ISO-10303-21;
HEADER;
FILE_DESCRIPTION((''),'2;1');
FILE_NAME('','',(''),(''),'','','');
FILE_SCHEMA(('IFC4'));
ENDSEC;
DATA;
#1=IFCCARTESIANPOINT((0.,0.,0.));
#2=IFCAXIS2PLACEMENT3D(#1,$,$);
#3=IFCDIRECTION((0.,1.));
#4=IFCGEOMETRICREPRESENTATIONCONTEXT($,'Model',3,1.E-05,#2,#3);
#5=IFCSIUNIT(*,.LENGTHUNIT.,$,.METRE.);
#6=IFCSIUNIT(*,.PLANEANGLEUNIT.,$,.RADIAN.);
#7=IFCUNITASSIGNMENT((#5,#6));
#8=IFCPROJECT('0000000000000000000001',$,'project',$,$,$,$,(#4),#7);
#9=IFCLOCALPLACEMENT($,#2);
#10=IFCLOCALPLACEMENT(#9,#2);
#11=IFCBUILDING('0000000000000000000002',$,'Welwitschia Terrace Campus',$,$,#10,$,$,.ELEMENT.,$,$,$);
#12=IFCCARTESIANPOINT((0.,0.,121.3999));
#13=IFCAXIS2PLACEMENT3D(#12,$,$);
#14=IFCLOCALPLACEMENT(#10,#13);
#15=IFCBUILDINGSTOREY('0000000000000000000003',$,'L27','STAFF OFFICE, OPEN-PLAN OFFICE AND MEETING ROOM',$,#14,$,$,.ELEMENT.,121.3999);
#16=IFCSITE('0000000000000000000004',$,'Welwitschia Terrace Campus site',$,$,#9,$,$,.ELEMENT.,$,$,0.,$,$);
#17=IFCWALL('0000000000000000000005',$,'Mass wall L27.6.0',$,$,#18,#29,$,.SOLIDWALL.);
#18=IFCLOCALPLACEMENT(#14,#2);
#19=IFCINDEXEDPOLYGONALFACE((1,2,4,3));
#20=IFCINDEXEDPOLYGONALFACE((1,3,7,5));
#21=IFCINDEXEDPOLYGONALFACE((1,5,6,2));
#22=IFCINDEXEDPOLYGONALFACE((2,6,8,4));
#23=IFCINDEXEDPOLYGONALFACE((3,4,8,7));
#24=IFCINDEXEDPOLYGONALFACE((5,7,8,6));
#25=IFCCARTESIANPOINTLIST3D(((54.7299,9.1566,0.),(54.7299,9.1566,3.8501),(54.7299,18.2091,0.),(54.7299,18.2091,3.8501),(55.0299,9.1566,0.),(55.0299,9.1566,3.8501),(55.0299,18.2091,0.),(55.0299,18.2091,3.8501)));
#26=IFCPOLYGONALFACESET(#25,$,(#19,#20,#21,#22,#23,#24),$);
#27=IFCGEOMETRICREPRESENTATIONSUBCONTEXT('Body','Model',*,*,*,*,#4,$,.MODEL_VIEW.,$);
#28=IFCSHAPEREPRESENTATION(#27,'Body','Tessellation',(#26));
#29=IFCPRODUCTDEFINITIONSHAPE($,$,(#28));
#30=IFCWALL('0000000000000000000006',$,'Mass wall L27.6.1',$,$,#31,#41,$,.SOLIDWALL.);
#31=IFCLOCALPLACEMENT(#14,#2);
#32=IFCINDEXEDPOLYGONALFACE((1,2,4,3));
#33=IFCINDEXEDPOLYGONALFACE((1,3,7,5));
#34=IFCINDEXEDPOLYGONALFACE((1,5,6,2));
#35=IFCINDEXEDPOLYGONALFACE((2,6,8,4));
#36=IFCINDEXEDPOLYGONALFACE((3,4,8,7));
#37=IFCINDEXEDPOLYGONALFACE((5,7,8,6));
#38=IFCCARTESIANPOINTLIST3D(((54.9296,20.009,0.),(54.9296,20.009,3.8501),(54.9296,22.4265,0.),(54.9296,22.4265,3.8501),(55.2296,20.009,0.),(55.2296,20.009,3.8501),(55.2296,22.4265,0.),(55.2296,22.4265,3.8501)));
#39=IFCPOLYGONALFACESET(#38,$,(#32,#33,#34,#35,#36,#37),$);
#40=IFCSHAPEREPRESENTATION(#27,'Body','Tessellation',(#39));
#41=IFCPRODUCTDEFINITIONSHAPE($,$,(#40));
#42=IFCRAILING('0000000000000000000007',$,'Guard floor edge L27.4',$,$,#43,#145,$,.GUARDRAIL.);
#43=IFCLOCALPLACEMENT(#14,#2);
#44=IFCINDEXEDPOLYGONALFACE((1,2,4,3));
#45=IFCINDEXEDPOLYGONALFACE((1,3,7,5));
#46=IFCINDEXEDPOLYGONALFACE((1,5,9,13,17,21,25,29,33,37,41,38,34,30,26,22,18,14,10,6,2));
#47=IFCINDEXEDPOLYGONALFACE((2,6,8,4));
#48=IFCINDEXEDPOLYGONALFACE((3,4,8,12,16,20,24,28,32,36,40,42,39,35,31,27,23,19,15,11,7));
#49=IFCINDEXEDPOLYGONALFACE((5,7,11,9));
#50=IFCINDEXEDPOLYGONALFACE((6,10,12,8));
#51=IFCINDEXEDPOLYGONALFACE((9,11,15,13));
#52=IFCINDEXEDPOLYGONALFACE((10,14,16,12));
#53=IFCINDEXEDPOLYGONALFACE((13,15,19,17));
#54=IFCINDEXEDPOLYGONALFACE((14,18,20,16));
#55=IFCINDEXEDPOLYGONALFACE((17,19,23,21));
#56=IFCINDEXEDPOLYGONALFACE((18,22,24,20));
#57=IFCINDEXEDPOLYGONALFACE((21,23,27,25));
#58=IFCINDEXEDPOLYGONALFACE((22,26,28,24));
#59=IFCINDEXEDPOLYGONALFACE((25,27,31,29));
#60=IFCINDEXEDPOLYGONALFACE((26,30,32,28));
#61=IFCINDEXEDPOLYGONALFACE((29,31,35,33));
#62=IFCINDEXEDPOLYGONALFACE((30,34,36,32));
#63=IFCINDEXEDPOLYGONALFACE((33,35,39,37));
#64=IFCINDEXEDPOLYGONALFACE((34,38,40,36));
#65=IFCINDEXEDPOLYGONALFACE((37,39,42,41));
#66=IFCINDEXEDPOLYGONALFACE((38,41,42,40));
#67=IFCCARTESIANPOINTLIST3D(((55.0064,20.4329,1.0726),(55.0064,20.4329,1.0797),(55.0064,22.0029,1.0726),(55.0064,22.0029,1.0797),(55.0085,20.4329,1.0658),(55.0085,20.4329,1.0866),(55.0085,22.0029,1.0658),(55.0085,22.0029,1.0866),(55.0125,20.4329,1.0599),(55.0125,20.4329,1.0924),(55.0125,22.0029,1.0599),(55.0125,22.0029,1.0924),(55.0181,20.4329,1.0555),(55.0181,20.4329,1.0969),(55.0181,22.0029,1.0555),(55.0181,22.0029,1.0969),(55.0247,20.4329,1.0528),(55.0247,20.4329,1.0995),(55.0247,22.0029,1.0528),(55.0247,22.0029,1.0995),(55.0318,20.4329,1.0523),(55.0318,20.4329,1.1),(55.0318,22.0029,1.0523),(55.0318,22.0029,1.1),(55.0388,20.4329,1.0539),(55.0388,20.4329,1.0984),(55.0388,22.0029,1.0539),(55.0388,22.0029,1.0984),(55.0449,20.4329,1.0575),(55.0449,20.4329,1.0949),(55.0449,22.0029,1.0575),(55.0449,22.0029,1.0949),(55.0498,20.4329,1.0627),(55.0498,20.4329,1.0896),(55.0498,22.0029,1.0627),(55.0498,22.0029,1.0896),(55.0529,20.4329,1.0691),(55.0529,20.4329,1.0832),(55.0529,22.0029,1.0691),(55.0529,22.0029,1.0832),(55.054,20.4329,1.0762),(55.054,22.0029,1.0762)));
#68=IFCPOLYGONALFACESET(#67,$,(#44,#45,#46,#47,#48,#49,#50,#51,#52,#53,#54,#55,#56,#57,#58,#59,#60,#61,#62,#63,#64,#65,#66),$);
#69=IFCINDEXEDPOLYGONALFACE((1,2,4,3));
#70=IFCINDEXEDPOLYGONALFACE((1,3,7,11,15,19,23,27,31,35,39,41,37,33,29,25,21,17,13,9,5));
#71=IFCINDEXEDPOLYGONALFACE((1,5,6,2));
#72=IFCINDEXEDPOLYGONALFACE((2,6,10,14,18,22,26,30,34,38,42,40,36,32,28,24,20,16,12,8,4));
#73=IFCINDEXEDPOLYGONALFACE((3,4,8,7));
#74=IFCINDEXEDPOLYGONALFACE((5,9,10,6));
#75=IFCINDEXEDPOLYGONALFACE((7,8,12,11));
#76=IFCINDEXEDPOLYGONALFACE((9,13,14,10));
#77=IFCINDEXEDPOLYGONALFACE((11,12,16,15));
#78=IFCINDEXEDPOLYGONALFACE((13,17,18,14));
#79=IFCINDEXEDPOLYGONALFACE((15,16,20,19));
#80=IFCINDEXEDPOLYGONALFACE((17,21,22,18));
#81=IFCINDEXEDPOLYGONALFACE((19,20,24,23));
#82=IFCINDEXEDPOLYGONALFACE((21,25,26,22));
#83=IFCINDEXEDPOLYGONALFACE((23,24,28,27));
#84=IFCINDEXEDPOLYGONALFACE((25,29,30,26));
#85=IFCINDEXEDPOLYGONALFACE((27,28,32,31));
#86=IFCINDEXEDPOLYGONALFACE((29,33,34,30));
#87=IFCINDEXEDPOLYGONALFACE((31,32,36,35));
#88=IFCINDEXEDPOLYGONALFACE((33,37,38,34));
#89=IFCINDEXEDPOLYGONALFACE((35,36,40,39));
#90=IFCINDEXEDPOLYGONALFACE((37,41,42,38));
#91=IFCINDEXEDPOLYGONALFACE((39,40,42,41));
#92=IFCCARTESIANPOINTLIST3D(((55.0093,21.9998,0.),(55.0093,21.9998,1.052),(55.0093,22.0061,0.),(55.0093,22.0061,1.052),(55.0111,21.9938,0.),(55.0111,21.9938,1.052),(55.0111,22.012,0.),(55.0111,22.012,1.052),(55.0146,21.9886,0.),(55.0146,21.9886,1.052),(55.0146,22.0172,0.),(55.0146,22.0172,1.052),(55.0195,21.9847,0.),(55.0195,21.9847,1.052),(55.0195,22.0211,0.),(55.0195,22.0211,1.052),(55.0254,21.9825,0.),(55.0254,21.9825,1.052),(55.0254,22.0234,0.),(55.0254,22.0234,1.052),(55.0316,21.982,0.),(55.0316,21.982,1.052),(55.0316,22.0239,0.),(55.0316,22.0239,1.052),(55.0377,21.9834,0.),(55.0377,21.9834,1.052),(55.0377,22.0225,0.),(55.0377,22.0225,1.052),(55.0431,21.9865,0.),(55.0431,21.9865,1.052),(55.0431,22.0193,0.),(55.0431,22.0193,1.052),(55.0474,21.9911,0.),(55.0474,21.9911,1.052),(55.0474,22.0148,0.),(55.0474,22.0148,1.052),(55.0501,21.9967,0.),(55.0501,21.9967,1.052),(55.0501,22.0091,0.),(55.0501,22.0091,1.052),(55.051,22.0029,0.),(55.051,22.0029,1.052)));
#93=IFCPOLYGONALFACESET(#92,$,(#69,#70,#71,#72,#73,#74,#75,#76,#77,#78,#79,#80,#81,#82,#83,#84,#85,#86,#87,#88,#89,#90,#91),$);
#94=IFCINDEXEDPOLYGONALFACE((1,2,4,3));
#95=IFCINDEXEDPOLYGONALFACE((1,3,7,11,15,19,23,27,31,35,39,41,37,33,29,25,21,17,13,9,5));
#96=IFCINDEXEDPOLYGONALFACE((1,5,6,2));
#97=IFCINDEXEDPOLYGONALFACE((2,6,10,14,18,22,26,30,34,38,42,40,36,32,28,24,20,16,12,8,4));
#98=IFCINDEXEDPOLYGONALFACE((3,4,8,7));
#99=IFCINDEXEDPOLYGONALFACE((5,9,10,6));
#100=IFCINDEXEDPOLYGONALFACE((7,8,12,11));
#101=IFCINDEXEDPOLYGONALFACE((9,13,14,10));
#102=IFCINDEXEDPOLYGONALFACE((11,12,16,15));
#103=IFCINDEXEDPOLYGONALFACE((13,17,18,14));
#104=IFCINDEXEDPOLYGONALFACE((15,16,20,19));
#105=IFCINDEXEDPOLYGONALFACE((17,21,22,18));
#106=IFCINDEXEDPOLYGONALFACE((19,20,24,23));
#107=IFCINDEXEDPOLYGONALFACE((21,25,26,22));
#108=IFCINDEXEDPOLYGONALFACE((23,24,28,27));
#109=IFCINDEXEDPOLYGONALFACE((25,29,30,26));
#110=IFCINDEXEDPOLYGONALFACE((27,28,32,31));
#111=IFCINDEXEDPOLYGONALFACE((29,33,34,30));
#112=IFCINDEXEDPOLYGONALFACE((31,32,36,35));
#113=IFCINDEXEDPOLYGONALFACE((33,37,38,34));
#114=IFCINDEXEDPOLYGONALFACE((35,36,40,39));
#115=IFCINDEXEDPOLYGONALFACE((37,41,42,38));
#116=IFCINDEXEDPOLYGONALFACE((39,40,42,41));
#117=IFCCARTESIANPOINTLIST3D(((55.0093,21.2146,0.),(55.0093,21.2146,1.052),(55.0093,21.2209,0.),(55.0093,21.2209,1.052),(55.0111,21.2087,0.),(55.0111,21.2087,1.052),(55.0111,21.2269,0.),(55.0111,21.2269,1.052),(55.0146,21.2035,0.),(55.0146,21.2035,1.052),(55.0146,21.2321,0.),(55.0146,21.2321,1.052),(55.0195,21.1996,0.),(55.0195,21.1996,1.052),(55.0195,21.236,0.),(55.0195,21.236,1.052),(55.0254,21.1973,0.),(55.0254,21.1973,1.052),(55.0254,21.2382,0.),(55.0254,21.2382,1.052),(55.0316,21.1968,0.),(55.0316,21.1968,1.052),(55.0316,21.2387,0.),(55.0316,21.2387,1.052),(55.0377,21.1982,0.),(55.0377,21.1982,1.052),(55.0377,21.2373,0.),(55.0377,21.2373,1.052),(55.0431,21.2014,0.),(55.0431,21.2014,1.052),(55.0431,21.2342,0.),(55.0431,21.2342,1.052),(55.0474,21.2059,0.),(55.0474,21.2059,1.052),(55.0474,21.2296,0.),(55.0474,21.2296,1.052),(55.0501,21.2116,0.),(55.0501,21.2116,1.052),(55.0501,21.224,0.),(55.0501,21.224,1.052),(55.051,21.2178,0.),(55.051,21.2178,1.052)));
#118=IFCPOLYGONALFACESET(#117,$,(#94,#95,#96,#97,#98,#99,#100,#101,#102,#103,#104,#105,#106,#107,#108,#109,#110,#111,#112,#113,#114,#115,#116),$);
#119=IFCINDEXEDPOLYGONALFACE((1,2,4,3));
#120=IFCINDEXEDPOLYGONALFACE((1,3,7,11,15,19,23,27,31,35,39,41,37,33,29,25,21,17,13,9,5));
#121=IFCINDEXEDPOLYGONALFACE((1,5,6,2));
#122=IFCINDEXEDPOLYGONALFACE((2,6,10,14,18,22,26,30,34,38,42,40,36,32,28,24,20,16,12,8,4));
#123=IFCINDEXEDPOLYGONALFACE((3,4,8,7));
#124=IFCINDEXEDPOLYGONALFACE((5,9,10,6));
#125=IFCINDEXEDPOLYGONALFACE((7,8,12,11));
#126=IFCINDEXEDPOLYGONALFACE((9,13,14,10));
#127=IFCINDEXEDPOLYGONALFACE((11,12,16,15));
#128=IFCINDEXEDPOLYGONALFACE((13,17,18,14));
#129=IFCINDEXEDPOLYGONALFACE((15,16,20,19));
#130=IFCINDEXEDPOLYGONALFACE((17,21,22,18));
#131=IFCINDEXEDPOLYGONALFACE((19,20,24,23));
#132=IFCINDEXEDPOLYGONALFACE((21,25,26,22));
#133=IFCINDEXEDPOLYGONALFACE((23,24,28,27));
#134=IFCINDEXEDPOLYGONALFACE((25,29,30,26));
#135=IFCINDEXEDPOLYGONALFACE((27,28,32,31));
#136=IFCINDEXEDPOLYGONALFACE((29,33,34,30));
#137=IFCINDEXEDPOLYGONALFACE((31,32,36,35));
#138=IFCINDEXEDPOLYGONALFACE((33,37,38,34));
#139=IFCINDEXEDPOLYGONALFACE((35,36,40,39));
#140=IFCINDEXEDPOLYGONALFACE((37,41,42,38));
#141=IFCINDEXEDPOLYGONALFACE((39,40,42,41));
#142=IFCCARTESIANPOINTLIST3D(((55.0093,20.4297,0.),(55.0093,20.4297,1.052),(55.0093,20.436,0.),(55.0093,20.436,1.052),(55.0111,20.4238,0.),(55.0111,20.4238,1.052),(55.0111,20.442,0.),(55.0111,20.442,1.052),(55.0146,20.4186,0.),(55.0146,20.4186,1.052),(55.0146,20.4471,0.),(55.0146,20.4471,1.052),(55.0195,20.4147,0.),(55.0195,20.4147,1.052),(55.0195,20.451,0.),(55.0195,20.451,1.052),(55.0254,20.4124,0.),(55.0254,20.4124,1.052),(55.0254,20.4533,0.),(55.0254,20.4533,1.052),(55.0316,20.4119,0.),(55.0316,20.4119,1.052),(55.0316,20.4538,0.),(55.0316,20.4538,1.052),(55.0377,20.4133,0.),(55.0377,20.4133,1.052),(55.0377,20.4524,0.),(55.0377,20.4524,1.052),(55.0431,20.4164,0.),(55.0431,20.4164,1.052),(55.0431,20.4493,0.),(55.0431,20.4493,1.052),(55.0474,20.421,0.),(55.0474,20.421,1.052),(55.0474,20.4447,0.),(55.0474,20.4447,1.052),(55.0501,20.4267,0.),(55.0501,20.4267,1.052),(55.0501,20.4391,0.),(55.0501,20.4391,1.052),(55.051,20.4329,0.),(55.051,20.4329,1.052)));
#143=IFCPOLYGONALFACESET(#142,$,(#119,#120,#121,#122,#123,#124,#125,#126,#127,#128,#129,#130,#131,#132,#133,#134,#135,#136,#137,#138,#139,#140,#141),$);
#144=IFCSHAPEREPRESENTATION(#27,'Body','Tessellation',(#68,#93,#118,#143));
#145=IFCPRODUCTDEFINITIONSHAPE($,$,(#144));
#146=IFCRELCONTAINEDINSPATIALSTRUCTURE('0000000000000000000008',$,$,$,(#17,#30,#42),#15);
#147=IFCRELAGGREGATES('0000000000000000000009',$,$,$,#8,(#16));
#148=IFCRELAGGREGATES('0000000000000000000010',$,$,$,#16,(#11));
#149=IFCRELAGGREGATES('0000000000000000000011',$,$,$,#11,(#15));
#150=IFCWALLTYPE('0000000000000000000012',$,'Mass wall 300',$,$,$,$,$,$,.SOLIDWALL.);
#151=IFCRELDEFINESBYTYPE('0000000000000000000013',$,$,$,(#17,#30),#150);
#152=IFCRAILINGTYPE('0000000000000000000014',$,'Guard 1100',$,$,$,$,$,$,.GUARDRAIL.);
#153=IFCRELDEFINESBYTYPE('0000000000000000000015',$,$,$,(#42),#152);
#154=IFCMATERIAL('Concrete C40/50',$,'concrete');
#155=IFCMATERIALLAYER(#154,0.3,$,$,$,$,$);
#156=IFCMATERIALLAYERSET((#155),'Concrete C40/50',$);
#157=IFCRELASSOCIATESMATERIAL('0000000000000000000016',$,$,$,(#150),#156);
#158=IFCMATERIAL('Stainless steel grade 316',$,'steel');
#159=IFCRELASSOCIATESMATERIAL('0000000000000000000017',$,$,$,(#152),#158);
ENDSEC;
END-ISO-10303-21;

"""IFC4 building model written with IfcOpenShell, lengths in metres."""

from ifc_helpers import new_model, si_unit, direction, frame, frame_2d, origin, origin_2d, place, context, subcontext, project, spatial, rectangle, circle, extrude, material, layer, layer_set, type_object, element, save


model = new_model("IFC4")

# Units and contexts
model_context = context("Model", 3, precision=1e-05, world=origin(), true_north=direction((0.0, 1.0)))
body_context = subcontext(model_context, "Body", "Model", "MODEL_VIEW")
ifc_project = project(units=[si_unit("LENGTHUNIT", "METRE"), si_unit("PLANEANGLEUNIT", "RADIAN")], contexts=[model_context])

# Site, building, storey
site_placement = place(None, origin())
site = spatial("IfcSite", under=ifc_project, at=site_placement, Name="Welwitschia Terrace Campus site", CompositionType="ELEMENT", RefElevation=0.0)
building_placement = place(site_placement, origin())
building = spatial("IfcBuilding", under=site, at=building_placement, Name="Welwitschia Terrace Campus", CompositionType="ELEMENT")
storey_placement = place(building_placement, frame((0.0, 0.0, 121.3999)))
storey = spatial("IfcBuildingStorey", under=building, at=storey_placement, Name="L27", Description="STAFF OFFICE, OPEN-PLAN OFFICE AND MEETING ROOM", CompositionType="ELEMENT", Elevation=121.3999)

# Walls
ifc_material_1 = material(Name="Concrete C40/50", Category="concrete")
ifc_layer_1 = layer(ifc_material_1, 0.3)
ifc_layer_set_1 = layer_set([ifc_layer_1], Name="Concrete C40/50")
wall_type_1 = type_object("IfcWallType", Name="Mass wall 300", PredefinedType="SOLIDWALL", material=ifc_layer_set_1)
wall_1_placement = place(storey_placement, frame((54.8799, 9.1565, 0.0), z_axis=(0.0, 0.0, 1.0), x_axis=(0.0, 1.0, 0.0)))
element("IfcWall", 1, at=wall_1_placement, inside=storey, type_object=wall_type_1, Name="Mass wall L27.6.0", PredefinedType="SOLIDWALL", context=body_context, shape_type="SweptSolid", body=[
    extrude(rectangle(XDim=9.0525, YDim=0.3, at=frame_2d((4.5264, 0.0))), origin(), (0.0, 0.0, 1.0), 3.8501),
])
wall_2_placement = place(storey_placement, frame((55.0796, 20.009, 0.0), z_axis=(0.0, 0.0, 1.0), x_axis=(0.0, 1.0, 0.0)))
element("IfcWall", 2, at=wall_2_placement, inside=storey, type_object=wall_type_1, Name="Mass wall L27.6.1", PredefinedType="SOLIDWALL", context=body_context, shape_type="SweptSolid", body=[
    extrude(rectangle(XDim=2.4175, YDim=0.3, at=frame_2d((1.2087, 0.0))), origin(), (0.0, 0.0, 1.0), 3.8501),
])

# Railing
ifc_material_2 = material(Name="Stainless steel grade 316", Category="steel")
railing_type = type_object("IfcRailingType", Name="Guard 1100", PredefinedType="GUARDRAIL", material=ifc_material_2)
railing_1_placement = place(storey_placement, frame((55.03, 22.0029, 0.0)))
element("IfcRailing", 3, at=railing_1_placement, inside=storey, type_object=railing_type, Name="Guard floor edge L27.4", PredefinedType="GUARDRAIL", context=body_context, shape_type="SweptSolid", body=[
    extrude(circle(Radius=0.0239, at=origin_2d()), frame((0.0, 0.0, 1.0762), z_axis=(0.0, -1.0, 0.0), x_axis=(1.0, 0.0, 0.0)), (0.0, 0.0, 1.0), 1.5701),
    extrude(circle(Radius=0.021, at=origin_2d()), origin(), (0.0, 0.0, 1.0), 1.052),
    extrude(circle(Radius=0.021, at=origin_2d()), frame((0.0, -0.7852, 0.0)), (0.0, 0.0, 1.0), 1.052),
    extrude(circle(Radius=0.021, at=origin_2d()), frame((0.0, -1.5701, 0.0)), (0.0, 0.0, 1.0), 1.052),
])

save(model, "model.ifc")
